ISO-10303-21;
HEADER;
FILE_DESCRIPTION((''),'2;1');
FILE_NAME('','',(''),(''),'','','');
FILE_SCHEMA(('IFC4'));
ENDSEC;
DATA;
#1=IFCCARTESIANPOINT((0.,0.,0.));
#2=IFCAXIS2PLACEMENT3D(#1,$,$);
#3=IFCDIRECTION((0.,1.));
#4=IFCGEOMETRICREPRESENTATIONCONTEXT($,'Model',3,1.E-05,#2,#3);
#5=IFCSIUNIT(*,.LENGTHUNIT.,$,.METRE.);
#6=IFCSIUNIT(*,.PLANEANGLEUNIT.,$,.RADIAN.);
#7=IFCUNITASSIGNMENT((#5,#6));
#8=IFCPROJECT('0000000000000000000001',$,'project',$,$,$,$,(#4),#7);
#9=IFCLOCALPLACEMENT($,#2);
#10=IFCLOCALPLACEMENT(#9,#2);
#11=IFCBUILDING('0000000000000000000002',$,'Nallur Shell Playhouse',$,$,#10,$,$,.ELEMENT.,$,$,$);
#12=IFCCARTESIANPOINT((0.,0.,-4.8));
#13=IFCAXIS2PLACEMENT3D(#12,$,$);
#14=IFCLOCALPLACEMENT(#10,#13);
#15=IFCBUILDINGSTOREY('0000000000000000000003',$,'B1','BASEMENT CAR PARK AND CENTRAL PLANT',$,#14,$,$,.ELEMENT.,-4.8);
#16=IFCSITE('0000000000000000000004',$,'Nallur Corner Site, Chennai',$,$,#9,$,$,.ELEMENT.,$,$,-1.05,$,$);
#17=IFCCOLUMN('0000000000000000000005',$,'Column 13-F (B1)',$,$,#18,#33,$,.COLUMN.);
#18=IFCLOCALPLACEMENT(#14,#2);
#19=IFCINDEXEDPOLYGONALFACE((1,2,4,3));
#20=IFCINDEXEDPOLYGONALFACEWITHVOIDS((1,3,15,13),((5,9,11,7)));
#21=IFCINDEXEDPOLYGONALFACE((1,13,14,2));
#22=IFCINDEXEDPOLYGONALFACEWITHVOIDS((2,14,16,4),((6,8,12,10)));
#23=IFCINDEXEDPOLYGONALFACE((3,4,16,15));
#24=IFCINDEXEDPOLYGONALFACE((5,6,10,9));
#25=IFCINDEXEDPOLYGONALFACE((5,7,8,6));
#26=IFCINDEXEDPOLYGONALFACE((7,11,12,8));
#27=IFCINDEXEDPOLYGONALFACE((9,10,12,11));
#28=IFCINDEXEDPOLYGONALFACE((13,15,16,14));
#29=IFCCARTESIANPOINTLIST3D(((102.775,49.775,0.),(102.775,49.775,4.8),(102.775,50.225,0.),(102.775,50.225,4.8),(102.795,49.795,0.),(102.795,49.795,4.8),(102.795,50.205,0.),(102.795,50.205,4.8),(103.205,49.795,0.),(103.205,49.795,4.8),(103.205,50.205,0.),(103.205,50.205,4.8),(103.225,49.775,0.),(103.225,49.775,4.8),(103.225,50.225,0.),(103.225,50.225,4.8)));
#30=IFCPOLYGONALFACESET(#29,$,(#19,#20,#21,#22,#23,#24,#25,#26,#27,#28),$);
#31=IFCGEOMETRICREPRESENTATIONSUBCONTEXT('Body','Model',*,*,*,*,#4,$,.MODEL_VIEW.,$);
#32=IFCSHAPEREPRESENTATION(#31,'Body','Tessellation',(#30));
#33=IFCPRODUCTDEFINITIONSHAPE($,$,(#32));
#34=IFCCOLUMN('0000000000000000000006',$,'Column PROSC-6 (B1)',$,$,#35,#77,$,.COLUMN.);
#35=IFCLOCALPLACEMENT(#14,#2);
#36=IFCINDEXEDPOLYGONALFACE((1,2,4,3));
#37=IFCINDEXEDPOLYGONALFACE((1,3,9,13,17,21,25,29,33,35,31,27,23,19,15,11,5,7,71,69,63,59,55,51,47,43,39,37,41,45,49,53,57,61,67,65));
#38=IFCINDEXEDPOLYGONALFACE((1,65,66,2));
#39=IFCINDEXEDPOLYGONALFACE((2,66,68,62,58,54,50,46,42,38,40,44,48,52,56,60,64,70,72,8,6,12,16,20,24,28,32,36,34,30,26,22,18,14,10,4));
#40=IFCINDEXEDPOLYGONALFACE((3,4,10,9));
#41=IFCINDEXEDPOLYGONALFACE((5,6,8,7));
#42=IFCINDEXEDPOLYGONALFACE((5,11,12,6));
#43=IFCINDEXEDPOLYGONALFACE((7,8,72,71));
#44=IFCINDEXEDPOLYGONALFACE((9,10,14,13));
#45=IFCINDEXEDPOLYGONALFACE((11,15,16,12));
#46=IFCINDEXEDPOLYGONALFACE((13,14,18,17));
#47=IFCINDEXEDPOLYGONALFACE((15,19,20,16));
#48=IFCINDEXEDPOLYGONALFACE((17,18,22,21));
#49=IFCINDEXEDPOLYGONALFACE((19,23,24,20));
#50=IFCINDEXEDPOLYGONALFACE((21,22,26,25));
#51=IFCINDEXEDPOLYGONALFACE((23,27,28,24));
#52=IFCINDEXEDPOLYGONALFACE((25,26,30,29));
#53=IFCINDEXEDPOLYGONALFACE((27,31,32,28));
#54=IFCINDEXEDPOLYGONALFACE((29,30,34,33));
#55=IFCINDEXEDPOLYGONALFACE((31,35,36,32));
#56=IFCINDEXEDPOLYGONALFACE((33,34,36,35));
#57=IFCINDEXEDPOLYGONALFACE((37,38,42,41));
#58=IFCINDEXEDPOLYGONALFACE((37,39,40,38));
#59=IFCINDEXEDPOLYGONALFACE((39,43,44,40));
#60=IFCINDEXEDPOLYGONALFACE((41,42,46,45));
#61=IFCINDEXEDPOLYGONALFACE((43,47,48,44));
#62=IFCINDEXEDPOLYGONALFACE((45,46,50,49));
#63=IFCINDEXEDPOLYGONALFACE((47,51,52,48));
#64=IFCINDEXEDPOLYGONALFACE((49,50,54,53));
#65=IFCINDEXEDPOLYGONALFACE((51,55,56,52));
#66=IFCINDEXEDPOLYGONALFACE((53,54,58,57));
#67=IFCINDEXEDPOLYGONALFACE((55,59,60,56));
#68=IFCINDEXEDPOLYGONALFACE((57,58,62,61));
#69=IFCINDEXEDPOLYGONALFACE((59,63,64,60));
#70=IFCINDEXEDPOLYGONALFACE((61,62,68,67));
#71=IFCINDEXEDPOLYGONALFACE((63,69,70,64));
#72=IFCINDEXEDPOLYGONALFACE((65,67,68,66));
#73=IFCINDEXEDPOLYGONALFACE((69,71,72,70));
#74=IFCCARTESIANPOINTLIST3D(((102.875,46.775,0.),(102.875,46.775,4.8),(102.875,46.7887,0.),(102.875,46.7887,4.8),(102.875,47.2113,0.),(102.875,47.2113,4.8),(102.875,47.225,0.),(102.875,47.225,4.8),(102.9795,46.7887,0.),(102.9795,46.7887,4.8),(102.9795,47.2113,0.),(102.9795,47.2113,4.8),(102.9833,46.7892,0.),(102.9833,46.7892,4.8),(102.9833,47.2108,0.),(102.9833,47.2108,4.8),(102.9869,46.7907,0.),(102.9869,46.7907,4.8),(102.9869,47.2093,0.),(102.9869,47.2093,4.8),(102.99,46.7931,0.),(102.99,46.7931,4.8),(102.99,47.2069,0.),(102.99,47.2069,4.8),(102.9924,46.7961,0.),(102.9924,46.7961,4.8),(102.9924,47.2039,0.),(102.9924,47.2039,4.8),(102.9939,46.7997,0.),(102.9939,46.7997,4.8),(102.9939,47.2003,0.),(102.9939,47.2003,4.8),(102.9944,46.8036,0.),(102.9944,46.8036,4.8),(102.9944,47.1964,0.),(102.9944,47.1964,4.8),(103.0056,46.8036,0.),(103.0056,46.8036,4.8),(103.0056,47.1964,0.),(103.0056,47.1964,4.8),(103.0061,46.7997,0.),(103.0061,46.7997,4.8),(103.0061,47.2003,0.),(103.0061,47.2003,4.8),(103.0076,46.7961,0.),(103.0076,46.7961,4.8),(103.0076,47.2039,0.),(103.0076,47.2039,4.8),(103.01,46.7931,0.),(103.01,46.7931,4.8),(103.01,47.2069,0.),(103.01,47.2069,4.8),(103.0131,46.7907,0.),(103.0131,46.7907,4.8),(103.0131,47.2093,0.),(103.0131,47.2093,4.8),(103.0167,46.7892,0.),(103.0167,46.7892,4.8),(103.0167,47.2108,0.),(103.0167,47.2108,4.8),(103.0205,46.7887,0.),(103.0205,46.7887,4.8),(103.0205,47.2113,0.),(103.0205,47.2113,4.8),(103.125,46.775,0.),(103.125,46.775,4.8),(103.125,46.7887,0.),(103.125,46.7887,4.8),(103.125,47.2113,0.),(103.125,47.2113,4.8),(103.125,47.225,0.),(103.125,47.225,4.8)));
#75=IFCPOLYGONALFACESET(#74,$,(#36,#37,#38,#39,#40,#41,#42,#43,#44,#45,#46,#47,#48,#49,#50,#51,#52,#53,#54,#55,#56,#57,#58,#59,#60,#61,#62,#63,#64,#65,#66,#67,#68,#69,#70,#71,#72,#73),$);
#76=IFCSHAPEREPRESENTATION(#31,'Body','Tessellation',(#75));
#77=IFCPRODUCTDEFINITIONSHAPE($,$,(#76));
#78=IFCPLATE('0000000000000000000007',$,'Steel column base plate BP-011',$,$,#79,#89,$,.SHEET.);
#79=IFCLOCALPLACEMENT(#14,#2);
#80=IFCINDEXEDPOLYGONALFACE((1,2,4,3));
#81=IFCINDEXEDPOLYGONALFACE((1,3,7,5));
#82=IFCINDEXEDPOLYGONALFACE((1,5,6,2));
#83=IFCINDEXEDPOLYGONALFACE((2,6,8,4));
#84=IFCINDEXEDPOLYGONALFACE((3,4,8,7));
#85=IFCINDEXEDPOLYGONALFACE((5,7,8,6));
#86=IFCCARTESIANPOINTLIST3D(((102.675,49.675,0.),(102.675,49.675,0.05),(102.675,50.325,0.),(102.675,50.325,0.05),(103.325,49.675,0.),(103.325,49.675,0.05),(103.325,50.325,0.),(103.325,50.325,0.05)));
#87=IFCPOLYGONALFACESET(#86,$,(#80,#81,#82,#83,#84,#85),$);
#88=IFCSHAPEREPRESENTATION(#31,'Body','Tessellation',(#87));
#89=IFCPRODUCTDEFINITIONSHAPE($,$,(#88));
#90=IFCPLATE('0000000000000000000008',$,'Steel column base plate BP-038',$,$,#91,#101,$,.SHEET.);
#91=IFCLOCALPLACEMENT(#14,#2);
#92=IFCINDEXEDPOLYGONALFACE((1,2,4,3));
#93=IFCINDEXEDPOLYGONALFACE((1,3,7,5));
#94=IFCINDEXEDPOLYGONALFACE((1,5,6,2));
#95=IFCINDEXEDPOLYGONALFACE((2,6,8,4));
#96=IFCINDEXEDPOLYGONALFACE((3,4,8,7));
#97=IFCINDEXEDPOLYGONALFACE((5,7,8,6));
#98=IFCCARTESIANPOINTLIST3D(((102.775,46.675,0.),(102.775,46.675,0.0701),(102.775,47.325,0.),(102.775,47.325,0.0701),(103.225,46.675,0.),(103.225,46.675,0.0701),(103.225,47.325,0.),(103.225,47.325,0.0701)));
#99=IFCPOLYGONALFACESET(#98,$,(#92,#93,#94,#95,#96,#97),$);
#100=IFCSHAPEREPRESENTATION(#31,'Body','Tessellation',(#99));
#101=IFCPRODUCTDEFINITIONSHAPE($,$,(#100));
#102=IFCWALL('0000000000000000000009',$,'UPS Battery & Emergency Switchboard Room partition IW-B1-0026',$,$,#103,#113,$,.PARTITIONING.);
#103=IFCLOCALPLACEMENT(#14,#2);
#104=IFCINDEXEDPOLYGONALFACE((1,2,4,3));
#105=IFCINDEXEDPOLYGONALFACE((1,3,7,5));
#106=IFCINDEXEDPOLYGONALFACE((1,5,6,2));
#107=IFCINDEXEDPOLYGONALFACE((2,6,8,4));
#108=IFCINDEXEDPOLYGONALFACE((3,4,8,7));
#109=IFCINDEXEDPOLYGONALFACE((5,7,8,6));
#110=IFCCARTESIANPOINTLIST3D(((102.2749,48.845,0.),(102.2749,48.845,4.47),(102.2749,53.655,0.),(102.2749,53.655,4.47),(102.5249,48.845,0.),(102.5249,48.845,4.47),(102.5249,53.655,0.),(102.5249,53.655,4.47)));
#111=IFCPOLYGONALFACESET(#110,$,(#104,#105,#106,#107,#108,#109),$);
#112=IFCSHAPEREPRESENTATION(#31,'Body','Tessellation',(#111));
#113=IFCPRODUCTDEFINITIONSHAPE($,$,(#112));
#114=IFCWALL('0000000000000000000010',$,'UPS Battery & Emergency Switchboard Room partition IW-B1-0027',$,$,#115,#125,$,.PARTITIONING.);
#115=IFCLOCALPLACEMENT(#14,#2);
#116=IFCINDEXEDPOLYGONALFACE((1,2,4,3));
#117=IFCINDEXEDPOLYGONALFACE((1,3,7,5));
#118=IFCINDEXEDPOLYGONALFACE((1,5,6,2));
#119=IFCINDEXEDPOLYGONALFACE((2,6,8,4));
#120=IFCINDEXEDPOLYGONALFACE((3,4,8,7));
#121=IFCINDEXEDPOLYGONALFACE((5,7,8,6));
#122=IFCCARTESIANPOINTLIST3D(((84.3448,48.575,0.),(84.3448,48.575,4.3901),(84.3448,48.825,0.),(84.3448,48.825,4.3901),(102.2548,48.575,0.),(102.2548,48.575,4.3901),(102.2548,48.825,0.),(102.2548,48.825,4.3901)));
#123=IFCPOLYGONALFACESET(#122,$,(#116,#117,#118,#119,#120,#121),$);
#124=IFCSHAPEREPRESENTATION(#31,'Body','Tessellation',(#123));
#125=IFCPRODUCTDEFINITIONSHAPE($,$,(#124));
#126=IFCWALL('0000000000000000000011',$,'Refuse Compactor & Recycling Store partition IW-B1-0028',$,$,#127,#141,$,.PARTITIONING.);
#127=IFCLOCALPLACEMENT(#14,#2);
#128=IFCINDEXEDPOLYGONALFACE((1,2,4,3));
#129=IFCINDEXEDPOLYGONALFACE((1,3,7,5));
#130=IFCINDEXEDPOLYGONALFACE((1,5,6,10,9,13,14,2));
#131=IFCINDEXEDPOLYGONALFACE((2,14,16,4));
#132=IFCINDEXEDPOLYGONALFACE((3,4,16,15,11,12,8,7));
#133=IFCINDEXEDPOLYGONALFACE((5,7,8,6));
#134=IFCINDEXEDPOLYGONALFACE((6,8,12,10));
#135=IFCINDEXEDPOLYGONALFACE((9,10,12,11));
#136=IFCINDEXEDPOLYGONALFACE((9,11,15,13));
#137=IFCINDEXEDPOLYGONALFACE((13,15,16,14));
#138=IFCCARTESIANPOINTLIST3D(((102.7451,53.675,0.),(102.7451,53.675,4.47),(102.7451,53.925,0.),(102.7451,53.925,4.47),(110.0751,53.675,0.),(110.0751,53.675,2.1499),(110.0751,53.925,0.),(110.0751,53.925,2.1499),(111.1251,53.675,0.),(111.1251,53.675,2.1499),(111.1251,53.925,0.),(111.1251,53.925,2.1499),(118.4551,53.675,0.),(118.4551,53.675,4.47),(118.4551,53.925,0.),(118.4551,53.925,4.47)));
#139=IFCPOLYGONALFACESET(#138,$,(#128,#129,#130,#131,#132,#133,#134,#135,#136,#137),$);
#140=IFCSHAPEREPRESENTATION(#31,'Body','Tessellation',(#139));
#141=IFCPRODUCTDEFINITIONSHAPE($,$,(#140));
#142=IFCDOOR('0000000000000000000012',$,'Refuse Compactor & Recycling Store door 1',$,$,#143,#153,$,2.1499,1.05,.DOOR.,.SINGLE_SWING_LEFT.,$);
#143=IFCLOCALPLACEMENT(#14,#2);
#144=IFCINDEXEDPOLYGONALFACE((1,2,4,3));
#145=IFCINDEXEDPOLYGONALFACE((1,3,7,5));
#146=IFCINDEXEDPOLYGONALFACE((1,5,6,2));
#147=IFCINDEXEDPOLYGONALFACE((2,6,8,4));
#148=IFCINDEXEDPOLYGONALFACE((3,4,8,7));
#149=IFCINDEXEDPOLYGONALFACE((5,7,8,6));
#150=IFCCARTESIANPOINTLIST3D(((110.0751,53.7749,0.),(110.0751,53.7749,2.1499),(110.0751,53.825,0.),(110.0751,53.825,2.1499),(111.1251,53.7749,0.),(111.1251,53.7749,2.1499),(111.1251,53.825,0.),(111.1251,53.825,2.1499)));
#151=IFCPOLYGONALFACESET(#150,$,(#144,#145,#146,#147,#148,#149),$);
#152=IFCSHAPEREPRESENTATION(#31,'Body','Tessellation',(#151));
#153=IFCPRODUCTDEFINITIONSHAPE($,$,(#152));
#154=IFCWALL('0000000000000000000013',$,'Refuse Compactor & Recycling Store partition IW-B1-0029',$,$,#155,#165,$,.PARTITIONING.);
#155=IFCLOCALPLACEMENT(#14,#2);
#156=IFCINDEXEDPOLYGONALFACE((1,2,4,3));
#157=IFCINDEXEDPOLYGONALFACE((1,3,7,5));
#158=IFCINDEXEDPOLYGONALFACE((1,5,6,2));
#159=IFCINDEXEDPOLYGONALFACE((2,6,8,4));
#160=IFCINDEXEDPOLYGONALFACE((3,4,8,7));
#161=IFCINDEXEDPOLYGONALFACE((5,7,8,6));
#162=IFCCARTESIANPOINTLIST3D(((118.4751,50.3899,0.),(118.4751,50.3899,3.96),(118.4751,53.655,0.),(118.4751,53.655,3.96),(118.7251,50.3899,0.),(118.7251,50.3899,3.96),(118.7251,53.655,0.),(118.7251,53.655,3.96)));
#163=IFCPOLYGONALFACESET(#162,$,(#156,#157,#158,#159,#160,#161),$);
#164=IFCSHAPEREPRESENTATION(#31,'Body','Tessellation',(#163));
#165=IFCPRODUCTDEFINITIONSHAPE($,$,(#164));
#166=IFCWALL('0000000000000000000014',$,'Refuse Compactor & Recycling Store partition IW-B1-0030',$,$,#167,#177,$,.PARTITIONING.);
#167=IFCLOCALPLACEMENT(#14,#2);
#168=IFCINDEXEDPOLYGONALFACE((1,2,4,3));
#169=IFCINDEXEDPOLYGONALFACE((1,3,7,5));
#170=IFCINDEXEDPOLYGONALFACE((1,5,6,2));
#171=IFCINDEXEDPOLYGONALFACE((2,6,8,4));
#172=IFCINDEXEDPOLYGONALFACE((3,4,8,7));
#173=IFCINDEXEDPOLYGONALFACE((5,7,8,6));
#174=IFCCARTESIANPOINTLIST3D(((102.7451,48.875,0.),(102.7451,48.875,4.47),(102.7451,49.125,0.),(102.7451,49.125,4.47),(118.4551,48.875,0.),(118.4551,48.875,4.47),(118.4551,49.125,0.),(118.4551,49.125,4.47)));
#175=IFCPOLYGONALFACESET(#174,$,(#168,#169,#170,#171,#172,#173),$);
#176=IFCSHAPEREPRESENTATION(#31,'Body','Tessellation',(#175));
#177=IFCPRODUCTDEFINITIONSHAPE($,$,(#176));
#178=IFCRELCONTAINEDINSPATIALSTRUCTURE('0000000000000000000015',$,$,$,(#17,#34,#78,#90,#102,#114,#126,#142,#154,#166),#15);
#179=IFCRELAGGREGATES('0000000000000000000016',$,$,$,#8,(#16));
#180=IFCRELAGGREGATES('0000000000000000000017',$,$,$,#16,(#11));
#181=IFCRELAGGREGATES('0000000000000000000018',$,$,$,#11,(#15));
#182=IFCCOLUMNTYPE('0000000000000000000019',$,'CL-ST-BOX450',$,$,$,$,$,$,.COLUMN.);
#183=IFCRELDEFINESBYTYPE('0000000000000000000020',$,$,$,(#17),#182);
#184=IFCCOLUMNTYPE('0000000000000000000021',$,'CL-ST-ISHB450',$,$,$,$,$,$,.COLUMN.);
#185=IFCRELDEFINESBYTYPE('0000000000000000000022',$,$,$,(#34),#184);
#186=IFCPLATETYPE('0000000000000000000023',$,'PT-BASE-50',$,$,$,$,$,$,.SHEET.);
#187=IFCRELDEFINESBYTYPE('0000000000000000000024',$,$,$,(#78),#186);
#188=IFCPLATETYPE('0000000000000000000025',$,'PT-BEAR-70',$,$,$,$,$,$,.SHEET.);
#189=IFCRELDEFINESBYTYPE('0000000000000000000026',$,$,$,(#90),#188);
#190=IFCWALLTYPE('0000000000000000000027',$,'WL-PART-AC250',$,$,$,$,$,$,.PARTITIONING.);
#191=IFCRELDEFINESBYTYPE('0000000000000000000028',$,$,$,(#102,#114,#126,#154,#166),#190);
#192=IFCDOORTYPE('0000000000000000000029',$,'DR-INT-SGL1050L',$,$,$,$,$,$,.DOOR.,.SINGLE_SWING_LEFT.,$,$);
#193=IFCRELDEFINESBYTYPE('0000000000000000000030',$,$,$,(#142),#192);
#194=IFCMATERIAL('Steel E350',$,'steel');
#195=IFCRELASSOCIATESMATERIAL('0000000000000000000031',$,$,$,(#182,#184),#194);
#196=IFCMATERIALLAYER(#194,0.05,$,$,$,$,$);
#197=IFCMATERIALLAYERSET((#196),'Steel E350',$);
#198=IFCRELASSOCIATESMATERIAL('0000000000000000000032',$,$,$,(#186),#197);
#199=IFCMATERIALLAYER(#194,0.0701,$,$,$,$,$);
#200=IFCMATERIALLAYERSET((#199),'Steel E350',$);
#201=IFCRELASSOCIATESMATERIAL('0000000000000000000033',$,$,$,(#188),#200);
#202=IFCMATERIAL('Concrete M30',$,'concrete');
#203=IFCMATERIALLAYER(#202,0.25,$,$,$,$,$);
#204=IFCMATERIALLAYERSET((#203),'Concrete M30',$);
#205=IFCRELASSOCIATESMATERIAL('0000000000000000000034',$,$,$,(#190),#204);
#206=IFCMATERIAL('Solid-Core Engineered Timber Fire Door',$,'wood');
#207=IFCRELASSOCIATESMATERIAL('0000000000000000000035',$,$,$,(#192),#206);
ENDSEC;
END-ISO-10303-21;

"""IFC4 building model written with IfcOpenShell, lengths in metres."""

from ifc_helpers import new_model, si_unit, direction, frame, frame_2d, origin, origin_2d, place, context, subcontext, project, spatial, rectangle, hollow_rectangle, i_section, extrude, material, layer, layer_set, material_profile, profile_set, type_object, element, fill, save


model = new_model("IFC4")

# Units and contexts
model_context = context("Model", 3, precision=1e-05, world=origin(), true_north=direction((0.0, 1.0)))
body_context = subcontext(model_context, "Body", "Model", "MODEL_VIEW")
ifc_project = project(units=[si_unit("LENGTHUNIT", "METRE"), si_unit("PLANEANGLEUNIT", "RADIAN")], contexts=[model_context])

# Site, building, storey
site_placement = place(None, origin())
site = spatial("IfcSite", under=ifc_project, at=site_placement, Name="Nallur Corner Site, Chennai", CompositionType="ELEMENT", RefElevation=-1.05)
building_placement = place(site_placement, origin())
building = spatial("IfcBuilding", under=site, at=building_placement, Name="Nallur Shell Playhouse", CompositionType="ELEMENT")
storey_placement = place(building_placement, frame((0.0, 0.0, -4.8)))
storey = spatial("IfcBuildingStorey", under=building, at=storey_placement, Name="B1", Description="BASEMENT CAR PARK AND CENTRAL PLANT", CompositionType="ELEMENT", Elevation=-4.8)

# Columns
ifc_material_1 = material(Name="Steel E350", Category="steel")
ifc_material_profile_1 = material_profile(ifc_material_1, hollow_rectangle(XDim=0.45, YDim=0.45, WallThickness=0.02, at=origin_2d()), Name="BOX 450x450x20")
ifc_profile_set_1 = profile_set([ifc_material_profile_1], Name="Steel E350")
column_type_1 = type_object("IfcColumnType", Name="CL-ST-BOX450", PredefinedType="COLUMN", material=ifc_profile_set_1)
column_1_placement = place(storey_placement, frame((103.0, 50.0, 0.0), z_axis=(0.0, 0.0, 1.0), x_axis=(1.0, 0.0, 0.0)))
element("IfcColumn", 1, at=column_1_placement, inside=storey, type_object=column_type_1, Name="Column 13-F (B1)", PredefinedType="COLUMN", context=body_context, shape_type="SweptSolid", body=[
    extrude(hollow_rectangle(XDim=0.45, YDim=0.45, WallThickness=0.02, at=origin_2d()), origin(), (0.0, 0.0, 1.0), 4.8),
])
ifc_material_profile_2 = material_profile(ifc_material_1, i_section(OverallWidth=0.25, OverallDepth=0.45, WebThickness=0.0112, FlangeThickness=0.0137, FilletRadius=0.0149, at=origin_2d()), Name="ISHB 450")
ifc_profile_set_2 = profile_set([ifc_material_profile_2], Name="Steel E350")
column_type_2 = type_object("IfcColumnType", Name="CL-ST-ISHB450", PredefinedType="COLUMN", material=ifc_profile_set_2)
column_2_placement = place(storey_placement, frame((103.0, 47.0, 0.0), z_axis=(0.0, 0.0, 1.0), x_axis=(1.0, 0.0, 0.0)))
element("IfcColumn", 2, at=column_2_placement, inside=storey, type_object=column_type_2, Name="Column PROSC-6 (B1)", PredefinedType="COLUMN", context=body_context, shape_type="SweptSolid", body=[
    extrude(i_section(OverallWidth=0.25, OverallDepth=0.45, WebThickness=0.0112, FlangeThickness=0.0137, FilletRadius=0.0149, at=origin_2d()), origin(), (0.0, 0.0, 1.0), 4.8),
])

# Plates
ifc_layer_1 = layer(ifc_material_1, 0.05)
ifc_layer_set_1 = layer_set([ifc_layer_1], Name="Steel E350")
plate_type_1 = type_object("IfcPlateType", Name="PT-BASE-50", PredefinedType="SHEET", material=ifc_layer_set_1)
plate_1_placement = place(storey_placement, frame((103.0, 50.0, 0.0), z_axis=(0.0, 0.0, 1.0), x_axis=(1.0, 0.0, 0.0)))
element("IfcPlate", 3, at=plate_1_placement, inside=storey, type_object=plate_type_1, Name="Steel column base plate BP-011", PredefinedType="SHEET", context=body_context, shape_type="SweptSolid", body=[
    extrude(rectangle(XDim=0.6499, YDim=0.6499, at=origin_2d()), origin(), (0.0, 0.0, 1.0), 0.05),
])
ifc_layer_2 = layer(ifc_material_1, 0.0701)
ifc_layer_set_2 = layer_set([ifc_layer_2], Name="Steel E350")
plate_type_2 = type_object("IfcPlateType", Name="PT-BEAR-70", PredefinedType="SHEET", material=ifc_layer_set_2)
plate_2_placement = place(storey_placement, frame((103.0, 47.0, 0.0), z_axis=(0.0, 0.0, 1.0), x_axis=(1.0, 0.0, 0.0)))
element("IfcPlate", 4, at=plate_2_placement, inside=storey, type_object=plate_type_2, Name="Steel column base plate BP-038", PredefinedType="SHEET", context=body_context, shape_type="SweptSolid", body=[
    extrude(rectangle(XDim=0.45, YDim=0.6499, at=origin_2d()), origin(), (0.0, 0.0, 1.0), 0.0701),
])

# Walls
ifc_material_2 = material(Name="Concrete M30", Category="concrete")
ifc_layer_3 = layer(ifc_material_2, 0.25)
ifc_layer_set_3 = layer_set([ifc_layer_3], Name="Concrete M30")
wall_type = type_object("IfcWallType", Name="WL-PART-AC250", PredefinedType="PARTITIONING", material=ifc_layer_set_3)
wall_1_placement = place(storey_placement, frame((102.3999, 53.655, 0.0), z_axis=(0.0, 0.0, 1.0), x_axis=(0.0, -1.0, 0.0)))
element("IfcWall", 5, at=wall_1_placement, inside=storey, type_object=wall_type, Name="UPS Battery & Emergency Switchboard Room partition IW-B1-0026", PredefinedType="PARTITIONING", context=body_context, shape_type="SweptSolid", body=[
    extrude(rectangle(XDim=4.8101, YDim=0.25, at=frame_2d((2.405, 0.0))), origin(), (0.0, 0.0, 1.0), 4.47),
])
wall_2_placement = place(storey_placement, frame((102.2549, 48.7, 0.0), z_axis=(0.0, 0.0, 1.0), x_axis=(-1.0, 0.0, 0.0)))
element("IfcWall", 6, at=wall_2_placement, inside=storey, type_object=wall_type, Name="UPS Battery & Emergency Switchboard Room partition IW-B1-0027", PredefinedType="PARTITIONING", context=body_context, shape_type="SweptSolid", body=[
    extrude(rectangle(XDim=17.9099, YDim=0.25, at=frame_2d((8.9551, 0.0))), origin(), (0.0, 0.0, 1.0), 4.3901),
])

# Wall, opening, door
wall_3_placement = place(storey_placement, frame((102.7451, 53.8, 0.0), z_axis=(0.0, 0.0, 1.0), x_axis=(1.0, 0.0, 0.0)))
wall_3 = element("IfcWall", 7, at=wall_3_placement, inside=storey, type_object=wall_type, Name="Refuse Compactor & Recycling Store partition IW-B1-0028", PredefinedType="PARTITIONING", context=body_context, shape_type="SweptSolid", body=[
    extrude(rectangle(XDim=15.71, YDim=0.25, at=frame_2d((7.855, 0.0))), origin(), (0.0, 0.0, 1.0), 4.47),
])
opening_placement = place(wall_3_placement, frame((7.3301, 0.0, 0.0)))
opening = element("IfcOpeningElement", 8, at=opening_placement, cuts=wall_3, PredefinedType="OPENING", context=body_context, shape_type="SweptSolid", body=[
    extrude(rectangle(XDim=1.05, YDim=2.1499, at=frame_2d((0.5249, 1.075))), frame((0.0, 0.135, 0.0), z_axis=(0.0, -1.0, 0.0), x_axis=(1.0, 0.0, 0.0)), (0.0, 0.0, 1.0), 0.27),
])
ifc_material_3 = material(Name="Solid-Core Engineered Timber Fire Door", Category="wood")
door_type = type_object("IfcDoorType", Name="DR-INT-SGL1050L", OperationType="SINGLE_SWING_LEFT", PredefinedType="DOOR", material=ifc_material_3)
door_placement = place(opening_placement, origin())
door = element("IfcDoor", 9, at=door_placement, inside=storey, type_object=door_type, Name="Refuse Compactor & Recycling Store door 1", OperationType="SINGLE_SWING_LEFT", OverallHeight=2.1499, OverallWidth=1.05, PredefinedType="DOOR", context=body_context, shape_type="SweptSolid", body=[
    extrude(rectangle(XDim=1.05, YDim=2.1499, at=frame_2d((0.5249, 1.075))), frame((0.0, 0.0249, 0.0), z_axis=(0.0, -1.0, 0.0), x_axis=(1.0, 0.0, 0.0)), (0.0, 0.0, 1.0), 0.05),
])
fill(opening, door)

# Walls
wall_4_placement = place(storey_placement, frame((118.6001, 53.655, 0.0), z_axis=(0.0, 0.0, 1.0), x_axis=(0.0, -1.0, 0.0)))
element("IfcWall", 10, at=wall_4_placement, inside=storey, type_object=wall_type, Name="Refuse Compactor & Recycling Store partition IW-B1-0029", PredefinedType="PARTITIONING", context=body_context, shape_type="SweptSolid", body=[
    extrude(rectangle(XDim=3.2651, YDim=0.25, at=frame_2d((1.6326, 0.0))), origin(), (0.0, 0.0, 1.0), 3.96),
])
wall_5_placement = place(storey_placement, frame((118.4551, 49.0, 0.0), z_axis=(0.0, 0.0, 1.0), x_axis=(-1.0, 0.0, 0.0)))
element("IfcWall", 11, at=wall_5_placement, inside=storey, type_object=wall_type, Name="Refuse Compactor & Recycling Store partition IW-B1-0030", PredefinedType="PARTITIONING", context=body_context, shape_type="SweptSolid", body=[
    extrude(rectangle(XDim=15.71, YDim=0.25, at=frame_2d((7.855, 0.0))), origin(), (0.0, 0.0, 1.0), 4.47),
])

save(model, "model.ifc")
